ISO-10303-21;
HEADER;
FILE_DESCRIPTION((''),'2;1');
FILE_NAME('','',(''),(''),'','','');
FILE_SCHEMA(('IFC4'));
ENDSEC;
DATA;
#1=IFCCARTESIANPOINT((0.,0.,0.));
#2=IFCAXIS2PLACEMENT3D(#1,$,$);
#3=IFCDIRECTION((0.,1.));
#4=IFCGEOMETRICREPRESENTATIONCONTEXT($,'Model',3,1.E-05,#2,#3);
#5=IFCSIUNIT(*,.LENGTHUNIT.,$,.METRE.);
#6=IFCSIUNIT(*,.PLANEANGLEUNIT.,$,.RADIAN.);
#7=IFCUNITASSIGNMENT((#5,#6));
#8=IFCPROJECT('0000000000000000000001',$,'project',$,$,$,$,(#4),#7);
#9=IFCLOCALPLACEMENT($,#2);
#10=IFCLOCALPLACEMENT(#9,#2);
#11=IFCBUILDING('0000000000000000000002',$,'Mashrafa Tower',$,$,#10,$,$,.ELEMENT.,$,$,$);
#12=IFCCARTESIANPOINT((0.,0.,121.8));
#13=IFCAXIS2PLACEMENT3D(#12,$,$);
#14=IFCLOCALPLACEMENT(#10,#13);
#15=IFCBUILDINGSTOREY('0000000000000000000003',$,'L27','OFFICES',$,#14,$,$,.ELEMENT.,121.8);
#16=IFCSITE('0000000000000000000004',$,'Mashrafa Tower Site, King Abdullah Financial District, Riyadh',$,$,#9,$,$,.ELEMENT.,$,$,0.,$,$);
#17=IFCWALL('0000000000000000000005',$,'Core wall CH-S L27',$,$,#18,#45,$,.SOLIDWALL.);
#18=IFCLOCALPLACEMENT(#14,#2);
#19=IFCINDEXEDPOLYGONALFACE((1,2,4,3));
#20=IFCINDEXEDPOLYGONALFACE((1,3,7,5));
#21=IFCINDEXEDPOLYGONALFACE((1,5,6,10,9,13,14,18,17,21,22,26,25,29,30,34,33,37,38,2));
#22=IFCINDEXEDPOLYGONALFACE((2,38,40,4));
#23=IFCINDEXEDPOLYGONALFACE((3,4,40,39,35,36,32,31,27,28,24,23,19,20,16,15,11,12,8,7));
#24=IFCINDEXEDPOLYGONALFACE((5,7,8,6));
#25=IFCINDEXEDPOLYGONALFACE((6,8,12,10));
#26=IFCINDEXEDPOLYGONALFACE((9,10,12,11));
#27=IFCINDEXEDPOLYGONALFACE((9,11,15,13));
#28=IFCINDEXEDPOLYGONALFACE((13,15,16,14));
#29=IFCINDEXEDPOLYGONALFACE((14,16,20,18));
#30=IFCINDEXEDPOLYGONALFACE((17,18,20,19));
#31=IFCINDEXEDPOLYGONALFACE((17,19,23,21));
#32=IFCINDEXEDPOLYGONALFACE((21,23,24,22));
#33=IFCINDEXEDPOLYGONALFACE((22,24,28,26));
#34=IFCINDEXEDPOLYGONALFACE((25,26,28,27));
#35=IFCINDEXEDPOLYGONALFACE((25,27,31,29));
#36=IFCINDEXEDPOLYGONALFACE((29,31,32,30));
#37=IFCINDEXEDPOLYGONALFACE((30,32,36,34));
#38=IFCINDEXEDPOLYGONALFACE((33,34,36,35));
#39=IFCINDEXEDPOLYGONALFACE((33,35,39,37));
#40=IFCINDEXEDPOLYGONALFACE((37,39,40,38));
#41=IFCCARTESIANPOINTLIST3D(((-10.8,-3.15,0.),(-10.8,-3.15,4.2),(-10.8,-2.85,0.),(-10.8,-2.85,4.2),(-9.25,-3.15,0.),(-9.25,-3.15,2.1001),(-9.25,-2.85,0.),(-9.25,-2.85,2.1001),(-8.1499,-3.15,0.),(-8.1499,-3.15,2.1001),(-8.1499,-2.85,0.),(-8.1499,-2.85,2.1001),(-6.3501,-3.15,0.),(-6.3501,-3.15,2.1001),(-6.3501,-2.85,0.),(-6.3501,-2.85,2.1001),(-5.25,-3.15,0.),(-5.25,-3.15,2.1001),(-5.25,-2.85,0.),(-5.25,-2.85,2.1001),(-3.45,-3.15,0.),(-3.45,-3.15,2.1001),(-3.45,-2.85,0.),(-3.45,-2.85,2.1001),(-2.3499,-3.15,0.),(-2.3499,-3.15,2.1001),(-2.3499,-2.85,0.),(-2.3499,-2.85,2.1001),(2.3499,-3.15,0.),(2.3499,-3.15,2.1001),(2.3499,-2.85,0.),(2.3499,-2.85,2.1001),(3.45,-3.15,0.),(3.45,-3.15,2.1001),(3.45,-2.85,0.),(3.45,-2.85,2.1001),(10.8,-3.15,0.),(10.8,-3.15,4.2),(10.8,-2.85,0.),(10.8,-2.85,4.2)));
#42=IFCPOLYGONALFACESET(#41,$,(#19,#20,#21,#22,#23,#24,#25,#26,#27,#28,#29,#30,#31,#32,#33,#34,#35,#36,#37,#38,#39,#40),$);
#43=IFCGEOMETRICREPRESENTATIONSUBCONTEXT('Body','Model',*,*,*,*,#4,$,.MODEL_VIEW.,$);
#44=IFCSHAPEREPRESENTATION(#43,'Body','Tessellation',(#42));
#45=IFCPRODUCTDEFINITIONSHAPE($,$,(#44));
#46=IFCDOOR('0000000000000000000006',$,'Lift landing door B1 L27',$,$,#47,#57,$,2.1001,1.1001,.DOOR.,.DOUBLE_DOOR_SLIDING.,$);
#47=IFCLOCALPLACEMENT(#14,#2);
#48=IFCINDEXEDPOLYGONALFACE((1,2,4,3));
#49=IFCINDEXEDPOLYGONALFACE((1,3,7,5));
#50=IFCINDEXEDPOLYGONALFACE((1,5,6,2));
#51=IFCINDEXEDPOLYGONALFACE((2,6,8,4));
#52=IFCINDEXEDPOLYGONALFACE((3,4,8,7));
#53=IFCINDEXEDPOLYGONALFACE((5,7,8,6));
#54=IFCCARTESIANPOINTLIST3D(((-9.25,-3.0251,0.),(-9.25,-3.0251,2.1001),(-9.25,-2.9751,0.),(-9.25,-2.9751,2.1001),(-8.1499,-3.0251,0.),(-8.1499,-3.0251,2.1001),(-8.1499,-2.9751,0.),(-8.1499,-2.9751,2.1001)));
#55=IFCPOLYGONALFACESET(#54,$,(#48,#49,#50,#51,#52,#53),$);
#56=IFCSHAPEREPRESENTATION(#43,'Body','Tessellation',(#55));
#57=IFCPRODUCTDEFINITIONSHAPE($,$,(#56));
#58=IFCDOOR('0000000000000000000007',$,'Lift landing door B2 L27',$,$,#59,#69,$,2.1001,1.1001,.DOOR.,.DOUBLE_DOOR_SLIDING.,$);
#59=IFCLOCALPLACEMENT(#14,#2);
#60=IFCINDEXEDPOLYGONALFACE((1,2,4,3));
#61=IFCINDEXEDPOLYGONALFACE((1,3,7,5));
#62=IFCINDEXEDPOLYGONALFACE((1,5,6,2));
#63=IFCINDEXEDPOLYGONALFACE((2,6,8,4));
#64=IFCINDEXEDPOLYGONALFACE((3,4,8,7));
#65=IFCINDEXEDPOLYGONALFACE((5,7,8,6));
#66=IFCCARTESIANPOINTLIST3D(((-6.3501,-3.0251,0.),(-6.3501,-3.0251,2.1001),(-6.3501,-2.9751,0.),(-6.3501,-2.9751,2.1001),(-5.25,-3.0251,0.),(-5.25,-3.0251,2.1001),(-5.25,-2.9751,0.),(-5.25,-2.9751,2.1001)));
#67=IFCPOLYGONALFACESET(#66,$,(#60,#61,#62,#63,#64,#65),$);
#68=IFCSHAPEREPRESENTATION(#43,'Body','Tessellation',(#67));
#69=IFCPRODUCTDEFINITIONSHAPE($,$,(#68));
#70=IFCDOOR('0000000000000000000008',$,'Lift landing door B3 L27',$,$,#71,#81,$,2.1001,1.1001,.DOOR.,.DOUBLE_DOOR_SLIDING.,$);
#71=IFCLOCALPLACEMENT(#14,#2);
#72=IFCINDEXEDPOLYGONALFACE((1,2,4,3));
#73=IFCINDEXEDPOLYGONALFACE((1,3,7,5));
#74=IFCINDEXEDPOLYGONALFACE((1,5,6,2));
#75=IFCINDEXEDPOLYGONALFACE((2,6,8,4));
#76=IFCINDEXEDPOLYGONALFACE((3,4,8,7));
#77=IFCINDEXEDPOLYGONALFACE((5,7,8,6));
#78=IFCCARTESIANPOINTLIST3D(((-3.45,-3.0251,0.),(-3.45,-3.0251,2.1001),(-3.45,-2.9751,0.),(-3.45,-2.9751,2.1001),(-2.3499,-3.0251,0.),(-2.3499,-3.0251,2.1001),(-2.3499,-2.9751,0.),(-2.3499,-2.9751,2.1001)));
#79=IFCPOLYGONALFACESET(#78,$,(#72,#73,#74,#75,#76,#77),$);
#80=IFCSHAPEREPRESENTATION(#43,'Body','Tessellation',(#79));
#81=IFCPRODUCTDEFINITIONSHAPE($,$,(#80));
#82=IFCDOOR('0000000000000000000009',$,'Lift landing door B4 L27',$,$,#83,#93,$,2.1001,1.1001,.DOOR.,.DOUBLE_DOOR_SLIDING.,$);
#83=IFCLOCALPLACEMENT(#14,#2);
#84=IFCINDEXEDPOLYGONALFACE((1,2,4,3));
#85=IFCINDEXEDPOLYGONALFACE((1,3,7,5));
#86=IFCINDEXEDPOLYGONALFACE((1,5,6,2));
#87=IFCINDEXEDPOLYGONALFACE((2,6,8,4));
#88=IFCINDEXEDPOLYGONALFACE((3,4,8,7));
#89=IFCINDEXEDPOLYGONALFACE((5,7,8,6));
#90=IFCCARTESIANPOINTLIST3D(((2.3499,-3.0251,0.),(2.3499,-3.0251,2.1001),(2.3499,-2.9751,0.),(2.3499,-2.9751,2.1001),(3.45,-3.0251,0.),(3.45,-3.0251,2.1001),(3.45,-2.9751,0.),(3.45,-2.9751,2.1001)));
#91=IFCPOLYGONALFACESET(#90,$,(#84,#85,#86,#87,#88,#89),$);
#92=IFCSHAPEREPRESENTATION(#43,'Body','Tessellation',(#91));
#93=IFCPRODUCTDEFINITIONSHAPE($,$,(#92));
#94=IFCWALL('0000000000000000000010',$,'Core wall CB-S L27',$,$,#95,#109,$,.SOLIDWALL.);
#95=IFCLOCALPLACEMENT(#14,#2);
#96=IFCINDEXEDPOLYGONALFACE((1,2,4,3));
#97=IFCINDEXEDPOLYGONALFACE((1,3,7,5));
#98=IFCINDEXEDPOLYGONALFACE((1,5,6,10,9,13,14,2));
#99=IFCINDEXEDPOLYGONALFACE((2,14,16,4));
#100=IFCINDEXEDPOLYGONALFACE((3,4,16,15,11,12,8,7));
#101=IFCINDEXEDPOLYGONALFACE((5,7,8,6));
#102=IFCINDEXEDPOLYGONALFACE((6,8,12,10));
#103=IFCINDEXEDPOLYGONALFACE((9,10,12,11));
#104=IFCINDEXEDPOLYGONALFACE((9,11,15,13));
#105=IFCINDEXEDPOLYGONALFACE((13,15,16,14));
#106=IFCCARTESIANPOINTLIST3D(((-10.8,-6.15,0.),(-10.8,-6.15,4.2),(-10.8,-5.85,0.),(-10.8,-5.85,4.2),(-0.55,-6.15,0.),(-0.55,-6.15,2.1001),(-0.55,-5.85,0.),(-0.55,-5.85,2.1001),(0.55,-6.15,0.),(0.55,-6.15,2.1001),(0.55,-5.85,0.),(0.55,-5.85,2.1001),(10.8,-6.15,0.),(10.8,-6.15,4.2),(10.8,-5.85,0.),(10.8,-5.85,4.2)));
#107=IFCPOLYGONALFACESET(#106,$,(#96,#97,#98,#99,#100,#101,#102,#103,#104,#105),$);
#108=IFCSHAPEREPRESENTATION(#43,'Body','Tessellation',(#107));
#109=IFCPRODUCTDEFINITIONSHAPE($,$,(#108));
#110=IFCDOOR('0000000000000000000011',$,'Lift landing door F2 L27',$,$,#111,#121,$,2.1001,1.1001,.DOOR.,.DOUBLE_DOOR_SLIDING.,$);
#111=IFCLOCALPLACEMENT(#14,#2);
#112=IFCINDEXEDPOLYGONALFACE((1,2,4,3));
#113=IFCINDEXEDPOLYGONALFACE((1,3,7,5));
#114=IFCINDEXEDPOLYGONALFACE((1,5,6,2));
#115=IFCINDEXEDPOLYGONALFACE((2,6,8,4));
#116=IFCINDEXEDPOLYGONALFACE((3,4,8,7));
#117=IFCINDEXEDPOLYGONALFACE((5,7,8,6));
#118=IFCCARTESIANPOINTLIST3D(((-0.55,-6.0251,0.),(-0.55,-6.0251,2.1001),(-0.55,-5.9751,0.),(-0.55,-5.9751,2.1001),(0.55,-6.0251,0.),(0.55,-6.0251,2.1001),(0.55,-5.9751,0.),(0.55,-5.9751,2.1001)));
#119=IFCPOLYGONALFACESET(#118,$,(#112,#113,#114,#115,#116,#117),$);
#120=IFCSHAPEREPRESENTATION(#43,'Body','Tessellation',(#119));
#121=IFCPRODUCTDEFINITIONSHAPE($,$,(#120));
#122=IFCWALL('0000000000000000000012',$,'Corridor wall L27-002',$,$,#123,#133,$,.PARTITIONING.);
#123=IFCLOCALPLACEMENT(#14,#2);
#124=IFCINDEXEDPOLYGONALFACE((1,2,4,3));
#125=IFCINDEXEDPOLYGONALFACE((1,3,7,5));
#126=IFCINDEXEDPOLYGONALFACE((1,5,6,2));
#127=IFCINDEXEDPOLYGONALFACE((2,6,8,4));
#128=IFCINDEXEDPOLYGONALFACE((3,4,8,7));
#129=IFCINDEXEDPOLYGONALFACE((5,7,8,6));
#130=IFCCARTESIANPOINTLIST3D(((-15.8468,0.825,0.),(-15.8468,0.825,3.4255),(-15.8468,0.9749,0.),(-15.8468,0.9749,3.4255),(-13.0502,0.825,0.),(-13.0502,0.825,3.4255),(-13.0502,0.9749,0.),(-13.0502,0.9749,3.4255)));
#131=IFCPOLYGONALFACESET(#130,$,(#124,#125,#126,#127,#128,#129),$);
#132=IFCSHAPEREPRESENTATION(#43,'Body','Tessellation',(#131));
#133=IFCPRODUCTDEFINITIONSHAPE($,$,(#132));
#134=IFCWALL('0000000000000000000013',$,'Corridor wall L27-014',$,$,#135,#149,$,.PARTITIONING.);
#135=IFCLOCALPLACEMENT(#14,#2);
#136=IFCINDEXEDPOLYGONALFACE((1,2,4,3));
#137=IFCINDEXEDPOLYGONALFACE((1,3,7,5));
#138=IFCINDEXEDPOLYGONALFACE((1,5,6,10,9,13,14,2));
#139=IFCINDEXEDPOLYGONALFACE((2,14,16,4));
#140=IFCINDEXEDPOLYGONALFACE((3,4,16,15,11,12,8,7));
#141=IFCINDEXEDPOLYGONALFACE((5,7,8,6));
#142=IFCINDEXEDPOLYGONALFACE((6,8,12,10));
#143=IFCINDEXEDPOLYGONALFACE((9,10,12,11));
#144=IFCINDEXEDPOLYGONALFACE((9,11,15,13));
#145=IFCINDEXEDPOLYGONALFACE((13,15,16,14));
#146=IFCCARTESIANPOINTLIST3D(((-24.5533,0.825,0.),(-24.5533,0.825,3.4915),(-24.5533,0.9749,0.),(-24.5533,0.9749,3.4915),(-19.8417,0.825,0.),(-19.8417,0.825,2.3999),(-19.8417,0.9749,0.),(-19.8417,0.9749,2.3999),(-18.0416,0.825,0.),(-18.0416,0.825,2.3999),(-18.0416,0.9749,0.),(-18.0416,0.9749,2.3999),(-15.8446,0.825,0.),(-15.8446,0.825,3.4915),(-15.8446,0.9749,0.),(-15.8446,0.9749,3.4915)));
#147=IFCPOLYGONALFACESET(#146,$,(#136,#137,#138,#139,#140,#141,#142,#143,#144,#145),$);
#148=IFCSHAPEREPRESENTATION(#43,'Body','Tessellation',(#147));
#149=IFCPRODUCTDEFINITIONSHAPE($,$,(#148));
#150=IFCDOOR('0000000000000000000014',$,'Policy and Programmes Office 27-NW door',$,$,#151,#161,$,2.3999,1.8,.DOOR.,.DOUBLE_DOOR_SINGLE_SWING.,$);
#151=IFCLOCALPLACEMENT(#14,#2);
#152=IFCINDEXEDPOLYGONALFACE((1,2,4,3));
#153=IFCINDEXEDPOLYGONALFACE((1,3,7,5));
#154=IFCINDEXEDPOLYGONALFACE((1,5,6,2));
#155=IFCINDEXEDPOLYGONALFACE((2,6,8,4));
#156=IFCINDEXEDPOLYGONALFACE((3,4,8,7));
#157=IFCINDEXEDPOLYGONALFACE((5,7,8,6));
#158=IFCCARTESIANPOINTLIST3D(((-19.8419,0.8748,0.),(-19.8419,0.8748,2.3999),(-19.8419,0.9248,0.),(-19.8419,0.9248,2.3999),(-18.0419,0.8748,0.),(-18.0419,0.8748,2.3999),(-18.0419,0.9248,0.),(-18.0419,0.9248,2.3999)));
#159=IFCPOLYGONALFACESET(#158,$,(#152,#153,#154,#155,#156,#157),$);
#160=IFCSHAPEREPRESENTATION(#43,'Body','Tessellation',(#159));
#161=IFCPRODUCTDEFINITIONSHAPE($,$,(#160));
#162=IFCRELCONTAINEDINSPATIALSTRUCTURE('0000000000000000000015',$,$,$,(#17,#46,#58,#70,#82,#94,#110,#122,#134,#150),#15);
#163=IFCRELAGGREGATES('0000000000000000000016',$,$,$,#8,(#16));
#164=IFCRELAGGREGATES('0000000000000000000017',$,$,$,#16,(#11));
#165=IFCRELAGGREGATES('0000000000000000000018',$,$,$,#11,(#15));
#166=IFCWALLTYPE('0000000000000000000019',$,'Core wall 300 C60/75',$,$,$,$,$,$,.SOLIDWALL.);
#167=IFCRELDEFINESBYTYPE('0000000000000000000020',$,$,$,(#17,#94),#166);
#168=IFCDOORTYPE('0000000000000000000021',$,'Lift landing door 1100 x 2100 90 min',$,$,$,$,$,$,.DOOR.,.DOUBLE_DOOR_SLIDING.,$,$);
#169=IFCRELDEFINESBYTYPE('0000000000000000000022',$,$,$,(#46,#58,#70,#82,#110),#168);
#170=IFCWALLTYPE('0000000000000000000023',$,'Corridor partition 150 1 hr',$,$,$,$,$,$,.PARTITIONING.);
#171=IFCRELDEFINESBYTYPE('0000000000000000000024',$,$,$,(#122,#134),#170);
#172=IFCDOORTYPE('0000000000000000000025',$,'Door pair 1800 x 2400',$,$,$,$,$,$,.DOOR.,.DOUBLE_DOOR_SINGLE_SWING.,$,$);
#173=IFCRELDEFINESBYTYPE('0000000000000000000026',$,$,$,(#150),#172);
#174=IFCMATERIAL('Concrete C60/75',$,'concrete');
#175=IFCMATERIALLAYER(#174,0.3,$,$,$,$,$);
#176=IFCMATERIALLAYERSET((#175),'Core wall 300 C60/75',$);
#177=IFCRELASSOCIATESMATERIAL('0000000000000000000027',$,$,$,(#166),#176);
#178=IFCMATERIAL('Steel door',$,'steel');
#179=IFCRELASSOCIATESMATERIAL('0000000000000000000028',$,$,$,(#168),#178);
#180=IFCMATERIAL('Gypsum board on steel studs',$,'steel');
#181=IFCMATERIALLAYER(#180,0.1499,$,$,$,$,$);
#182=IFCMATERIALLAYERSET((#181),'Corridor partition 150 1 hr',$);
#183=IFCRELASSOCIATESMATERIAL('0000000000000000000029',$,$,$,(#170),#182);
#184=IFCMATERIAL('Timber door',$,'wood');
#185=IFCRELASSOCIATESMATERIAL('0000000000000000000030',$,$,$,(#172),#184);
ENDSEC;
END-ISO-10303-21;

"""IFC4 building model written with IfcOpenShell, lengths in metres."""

from ifc_helpers import new_model, si_unit, direction, frame, frame_2d, origin, place, context, subcontext, project, spatial, rectangle, extrude, material, layer, layer_set, type_object, element, fill, save


model = new_model("IFC4")

# Units and contexts
model_context = context("Model", 3, precision=1e-05, world=origin(), true_north=direction((0.0, 1.0)))
body_context = subcontext(model_context, "Body", "Model", "MODEL_VIEW")
ifc_project = project(units=[si_unit("LENGTHUNIT", "METRE"), si_unit("PLANEANGLEUNIT", "RADIAN")], contexts=[model_context])

# Site, building, storey
site_placement = place(None, origin())
site = spatial("IfcSite", under=ifc_project, at=site_placement, Name="Mashrafa Tower Site, King Abdullah Financial District, Riyadh", CompositionType="ELEMENT", RefElevation=0.0)
building_placement = place(site_placement, origin())
building = spatial("IfcBuilding", under=site, at=building_placement, Name="Mashrafa Tower", CompositionType="ELEMENT")
storey_placement = place(building_placement, frame((0.0, 0.0, 121.8)))
storey = spatial("IfcBuildingStorey", under=building, at=storey_placement, Name="L27", Description="OFFICES", CompositionType="ELEMENT", Elevation=121.8)

# Wall, openings, doors
ifc_material_1 = material(Name="Concrete C60/75", Category="concrete")
ifc_layer_1 = layer(ifc_material_1, 0.3)
ifc_layer_set_1 = layer_set([ifc_layer_1], Name="Core wall 300 C60/75")
wall_type_1 = type_object("IfcWallType", Name="Core wall 300 C60/75", PredefinedType="SOLIDWALL", material=ifc_layer_set_1)
wall_1_placement = place(storey_placement, frame((-10.8, -3.0, 0.0), z_axis=(0.0, 0.0, 1.0), x_axis=(1.0, 0.0, 0.0)))
wall_1 = element("IfcWall", 1, at=wall_1_placement, inside=storey, type_object=wall_type_1, Name="Core wall CH-S L27", PredefinedType="SOLIDWALL", context=body_context, shape_type="SweptSolid", body=[
    extrude(rectangle(XDim=21.6001, YDim=0.3, at=frame_2d((10.8, 0.0))), origin(), (0.0, 0.0, 1.0), 4.2),
])
opening_1_placement = place(wall_1_placement, frame((1.55, 0.0, 0.0)))
opening_1 = element("IfcOpeningElement", 2, at=opening_1_placement, cuts=wall_1, PredefinedType="OPENING", context=body_context, shape_type="SweptSolid", body=[
    extrude(rectangle(XDim=1.1001, YDim=2.1001, at=frame_2d((0.55, 1.05))), frame((0.0, 0.1599, 0.0), z_axis=(0.0, -1.0, 0.0), x_axis=(1.0, 0.0, 0.0)), (0.0, 0.0, 1.0), 0.3201),
])
opening_2_placement = place(wall_1_placement, frame((4.45, 0.0, 0.0)))
opening_2 = element("IfcOpeningElement", 3, at=opening_2_placement, cuts=wall_1, PredefinedType="OPENING", context=body_context, shape_type="SweptSolid", body=[
    extrude(rectangle(XDim=1.1001, YDim=2.1001, at=frame_2d((0.55, 1.05))), frame((0.0, 0.1599, 0.0), z_axis=(0.0, -1.0, 0.0), x_axis=(1.0, 0.0, 0.0)), (0.0, 0.0, 1.0), 0.3201),
])
opening_3_placement = place(wall_1_placement, frame((7.3501, 0.0, 0.0)))
opening_3 = element("IfcOpeningElement", 4, at=opening_3_placement, cuts=wall_1, PredefinedType="OPENING", context=body_context, shape_type="SweptSolid", body=[
    extrude(rectangle(XDim=1.1001, YDim=2.1001, at=frame_2d((0.55, 1.05))), frame((0.0, 0.1599, 0.0), z_axis=(0.0, -1.0, 0.0), x_axis=(1.0, 0.0, 0.0)), (0.0, 0.0, 1.0), 0.3201),
])
opening_4_placement = place(wall_1_placement, frame((13.1499, 0.0, 0.0)))
opening_4 = element("IfcOpeningElement", 5, at=opening_4_placement, cuts=wall_1, PredefinedType="OPENING", context=body_context, shape_type="SweptSolid", body=[
    extrude(rectangle(XDim=1.1001, YDim=2.1001, at=frame_2d((0.55, 1.05))), frame((0.0, 0.1599, 0.0), z_axis=(0.0, -1.0, 0.0), x_axis=(1.0, 0.0, 0.0)), (0.0, 0.0, 1.0), 0.3201),
])
ifc_material_2 = material(Name="Steel door", Category="steel")
door_type_1 = type_object("IfcDoorType", Name="Lift landing door 1100 x 2100 90 min", OperationType="DOUBLE_DOOR_SLIDING", PredefinedType="DOOR", material=ifc_material_2)
door_1_placement = place(opening_1_placement, origin())
door_1 = element("IfcDoor", 6, at=door_1_placement, inside=storey, type_object=door_type_1, Name="Lift landing door B1 L27", OperationType="DOUBLE_DOOR_SLIDING", OverallHeight=2.1001, OverallWidth=1.1001, PredefinedType="DOOR", context=body_context, shape_type="SweptSolid", body=[
    extrude(rectangle(XDim=1.1001, YDim=2.1001, at=frame_2d((0.55, 1.05))), frame((0.0, 0.0249, 0.0), z_axis=(0.0, -1.0, 0.0), x_axis=(1.0, 0.0, 0.0)), (0.0, 0.0, 1.0), 0.05),
])
fill(opening_1, door_1)
door_2_placement = place(opening_2_placement, origin())
door_2 = element("IfcDoor", 7, at=door_2_placement, inside=storey, type_object=door_type_1, Name="Lift landing door B2 L27", OperationType="DOUBLE_DOOR_SLIDING", OverallHeight=2.1001, OverallWidth=1.1001, PredefinedType="DOOR", context=body_context, shape_type="SweptSolid", body=[
    extrude(rectangle(XDim=1.1001, YDim=2.1001, at=frame_2d((0.55, 1.05))), frame((0.0, 0.0249, 0.0), z_axis=(0.0, -1.0, 0.0), x_axis=(1.0, 0.0, 0.0)), (0.0, 0.0, 1.0), 0.05),
])
fill(opening_2, door_2)
door_3_placement = place(opening_3_placement, origin())
door_3 = element("IfcDoor", 8, at=door_3_placement, inside=storey, type_object=door_type_1, Name="Lift landing door B3 L27", OperationType="DOUBLE_DOOR_SLIDING", OverallHeight=2.1001, OverallWidth=1.1001, PredefinedType="DOOR", context=body_context, shape_type="SweptSolid", body=[
    extrude(rectangle(XDim=1.1001, YDim=2.1001, at=frame_2d((0.55, 1.05))), frame((0.0, 0.0249, 0.0), z_axis=(0.0, -1.0, 0.0), x_axis=(1.0, 0.0, 0.0)), (0.0, 0.0, 1.0), 0.05),
])
fill(opening_3, door_3)
door_4_placement = place(opening_4_placement, origin())
door_4 = element("IfcDoor", 9, at=door_4_placement, inside=storey, type_object=door_type_1, Name="Lift landing door B4 L27", OperationType="DOUBLE_DOOR_SLIDING", OverallHeight=2.1001, OverallWidth=1.1001, PredefinedType="DOOR", context=body_context, shape_type="SweptSolid", body=[
    extrude(rectangle(XDim=1.1001, YDim=2.1001, at=frame_2d((0.55, 1.05))), frame((0.0, 0.0249, 0.0), z_axis=(0.0, -1.0, 0.0), x_axis=(1.0, 0.0, 0.0)), (0.0, 0.0, 1.0), 0.05),
])
fill(opening_4, door_4)

# Wall, opening, door
wall_2_placement = place(storey_placement, frame((-10.8, -6.0, 0.0), z_axis=(0.0, 0.0, 1.0), x_axis=(1.0, 0.0, 0.0)))
wall_2 = element("IfcWall", 10, at=wall_2_placement, inside=storey, type_object=wall_type_1, Name="Core wall CB-S L27", PredefinedType="SOLIDWALL", context=body_context, shape_type="SweptSolid", body=[
    extrude(rectangle(XDim=21.6001, YDim=0.3, at=frame_2d((10.8, 0.0))), origin(), (0.0, 0.0, 1.0), 4.2),
])
opening_5_placement = place(wall_2_placement, frame((10.25, 0.0, 0.0)))
opening_5 = element("IfcOpeningElement", 11, at=opening_5_placement, cuts=wall_2, PredefinedType="OPENING", context=body_context, shape_type="SweptSolid", body=[
    extrude(rectangle(XDim=1.1001, YDim=2.1001, at=frame_2d((0.55, 1.05))), frame((0.0, 0.1599, 0.0), z_axis=(0.0, -1.0, 0.0), x_axis=(1.0, 0.0, 0.0)), (0.0, 0.0, 1.0), 0.3201),
])
door_5_placement = place(opening_5_placement, origin())
door_5 = element("IfcDoor", 12, at=door_5_placement, inside=storey, type_object=door_type_1, Name="Lift landing door F2 L27", OperationType="DOUBLE_DOOR_SLIDING", OverallHeight=2.1001, OverallWidth=1.1001, PredefinedType="DOOR", context=body_context, shape_type="SweptSolid", body=[
    extrude(rectangle(XDim=1.1001, YDim=2.1001, at=frame_2d((0.55, 1.05))), frame((0.0, 0.0249, 0.0), z_axis=(0.0, -1.0, 0.0), x_axis=(1.0, 0.0, 0.0)), (0.0, 0.0, 1.0), 0.05),
])
fill(opening_5, door_5)

# Wall
ifc_material_3 = material(Name="Gypsum board on steel studs", Category="steel")
ifc_layer_2 = layer(ifc_material_3, 0.1499)
ifc_layer_set_2 = layer_set([ifc_layer_2], Name="Corridor partition 150 1 hr")
wall_type_2 = type_object("IfcWallType", Name="Corridor partition 150 1 hr", PredefinedType="PARTITIONING", material=ifc_layer_set_2)
wall_3_placement = place(storey_placement, frame((-13.05, 0.8999, 0.0), z_axis=(0.0, 0.0, 1.0), x_axis=(-1.0, 0.0, 0.0)))
element("IfcWall", 13, at=wall_3_placement, inside=storey, type_object=wall_type_2, Name="Corridor wall L27-002", PredefinedType="PARTITIONING", context=body_context, shape_type="SweptSolid", body=[
    extrude(rectangle(XDim=2.7966, YDim=0.1499, at=frame_2d((1.3984, 0.0))), origin(), (0.0, 0.0, 1.0), 3.4255),
])

# Wall, opening, door
wall_4_placement = place(storey_placement, frame((-15.8445, 0.8999, 0.0), z_axis=(0.0, 0.0, 1.0), x_axis=(-1.0, 0.0, 0.0)))
wall_4 = element("IfcWall", 14, at=wall_4_placement, inside=storey, type_object=wall_type_2, Name="Corridor wall L27-014", PredefinedType="PARTITIONING", context=body_context, shape_type="SweptSolid", body=[
    extrude(rectangle(XDim=8.7087, YDim=0.1499, at=frame_2d((4.3545, 0.0))), origin(), (0.0, 0.0, 1.0), 3.4915),
])
opening_6_placement = place(wall_4_placement, frame((2.1973, 0.0, 0.0)))
opening_6 = element("IfcOpeningElement", 15, at=opening_6_placement, cuts=wall_4, PredefinedType="OPENING", context=body_context, shape_type="SweptSolid", body=[
    extrude(rectangle(XDim=1.8, YDim=2.3999, at=frame_2d((0.8999, 1.2))), frame((0.0, 0.085, 0.0), z_axis=(0.0, -1.0, 0.0), x_axis=(1.0, 0.0, 0.0)), (0.0, 0.0, 1.0), 0.1699),
])
ifc_material_4 = material(Name="Timber door", Category="wood")
door_type_2 = type_object("IfcDoorType", Name="Door pair 1800 x 2400", OperationType="DOUBLE_DOOR_SINGLE_SWING", PredefinedType="DOOR", material=ifc_material_4)
door_6_placement = place(opening_6_placement, frame((1.8, 0.0, 0.0), z_axis=(0.0, 0.0, 1.0), x_axis=(-1.0, 0.0, 0.0)))
door_6 = element("IfcDoor", 16, at=door_6_placement, inside=storey, type_object=door_type_2, Name="Policy and Programmes Office 27-NW door", OperationType="DOUBLE_DOOR_SINGLE_SWING", OverallHeight=2.3999, OverallWidth=1.8, PredefinedType="DOOR", context=body_context, shape_type="SweptSolid", body=[
    extrude(rectangle(XDim=1.8, YDim=2.3999, at=frame_2d((0.8999, 1.2))), frame((0.0, 0.0249, 0.0), z_axis=(0.0, -1.0, 0.0), x_axis=(1.0, 0.0, 0.0)), (0.0, 0.0, 1.0), 0.05),
])
fill(opening_6, door_6)

save(model, "model.ifc")
